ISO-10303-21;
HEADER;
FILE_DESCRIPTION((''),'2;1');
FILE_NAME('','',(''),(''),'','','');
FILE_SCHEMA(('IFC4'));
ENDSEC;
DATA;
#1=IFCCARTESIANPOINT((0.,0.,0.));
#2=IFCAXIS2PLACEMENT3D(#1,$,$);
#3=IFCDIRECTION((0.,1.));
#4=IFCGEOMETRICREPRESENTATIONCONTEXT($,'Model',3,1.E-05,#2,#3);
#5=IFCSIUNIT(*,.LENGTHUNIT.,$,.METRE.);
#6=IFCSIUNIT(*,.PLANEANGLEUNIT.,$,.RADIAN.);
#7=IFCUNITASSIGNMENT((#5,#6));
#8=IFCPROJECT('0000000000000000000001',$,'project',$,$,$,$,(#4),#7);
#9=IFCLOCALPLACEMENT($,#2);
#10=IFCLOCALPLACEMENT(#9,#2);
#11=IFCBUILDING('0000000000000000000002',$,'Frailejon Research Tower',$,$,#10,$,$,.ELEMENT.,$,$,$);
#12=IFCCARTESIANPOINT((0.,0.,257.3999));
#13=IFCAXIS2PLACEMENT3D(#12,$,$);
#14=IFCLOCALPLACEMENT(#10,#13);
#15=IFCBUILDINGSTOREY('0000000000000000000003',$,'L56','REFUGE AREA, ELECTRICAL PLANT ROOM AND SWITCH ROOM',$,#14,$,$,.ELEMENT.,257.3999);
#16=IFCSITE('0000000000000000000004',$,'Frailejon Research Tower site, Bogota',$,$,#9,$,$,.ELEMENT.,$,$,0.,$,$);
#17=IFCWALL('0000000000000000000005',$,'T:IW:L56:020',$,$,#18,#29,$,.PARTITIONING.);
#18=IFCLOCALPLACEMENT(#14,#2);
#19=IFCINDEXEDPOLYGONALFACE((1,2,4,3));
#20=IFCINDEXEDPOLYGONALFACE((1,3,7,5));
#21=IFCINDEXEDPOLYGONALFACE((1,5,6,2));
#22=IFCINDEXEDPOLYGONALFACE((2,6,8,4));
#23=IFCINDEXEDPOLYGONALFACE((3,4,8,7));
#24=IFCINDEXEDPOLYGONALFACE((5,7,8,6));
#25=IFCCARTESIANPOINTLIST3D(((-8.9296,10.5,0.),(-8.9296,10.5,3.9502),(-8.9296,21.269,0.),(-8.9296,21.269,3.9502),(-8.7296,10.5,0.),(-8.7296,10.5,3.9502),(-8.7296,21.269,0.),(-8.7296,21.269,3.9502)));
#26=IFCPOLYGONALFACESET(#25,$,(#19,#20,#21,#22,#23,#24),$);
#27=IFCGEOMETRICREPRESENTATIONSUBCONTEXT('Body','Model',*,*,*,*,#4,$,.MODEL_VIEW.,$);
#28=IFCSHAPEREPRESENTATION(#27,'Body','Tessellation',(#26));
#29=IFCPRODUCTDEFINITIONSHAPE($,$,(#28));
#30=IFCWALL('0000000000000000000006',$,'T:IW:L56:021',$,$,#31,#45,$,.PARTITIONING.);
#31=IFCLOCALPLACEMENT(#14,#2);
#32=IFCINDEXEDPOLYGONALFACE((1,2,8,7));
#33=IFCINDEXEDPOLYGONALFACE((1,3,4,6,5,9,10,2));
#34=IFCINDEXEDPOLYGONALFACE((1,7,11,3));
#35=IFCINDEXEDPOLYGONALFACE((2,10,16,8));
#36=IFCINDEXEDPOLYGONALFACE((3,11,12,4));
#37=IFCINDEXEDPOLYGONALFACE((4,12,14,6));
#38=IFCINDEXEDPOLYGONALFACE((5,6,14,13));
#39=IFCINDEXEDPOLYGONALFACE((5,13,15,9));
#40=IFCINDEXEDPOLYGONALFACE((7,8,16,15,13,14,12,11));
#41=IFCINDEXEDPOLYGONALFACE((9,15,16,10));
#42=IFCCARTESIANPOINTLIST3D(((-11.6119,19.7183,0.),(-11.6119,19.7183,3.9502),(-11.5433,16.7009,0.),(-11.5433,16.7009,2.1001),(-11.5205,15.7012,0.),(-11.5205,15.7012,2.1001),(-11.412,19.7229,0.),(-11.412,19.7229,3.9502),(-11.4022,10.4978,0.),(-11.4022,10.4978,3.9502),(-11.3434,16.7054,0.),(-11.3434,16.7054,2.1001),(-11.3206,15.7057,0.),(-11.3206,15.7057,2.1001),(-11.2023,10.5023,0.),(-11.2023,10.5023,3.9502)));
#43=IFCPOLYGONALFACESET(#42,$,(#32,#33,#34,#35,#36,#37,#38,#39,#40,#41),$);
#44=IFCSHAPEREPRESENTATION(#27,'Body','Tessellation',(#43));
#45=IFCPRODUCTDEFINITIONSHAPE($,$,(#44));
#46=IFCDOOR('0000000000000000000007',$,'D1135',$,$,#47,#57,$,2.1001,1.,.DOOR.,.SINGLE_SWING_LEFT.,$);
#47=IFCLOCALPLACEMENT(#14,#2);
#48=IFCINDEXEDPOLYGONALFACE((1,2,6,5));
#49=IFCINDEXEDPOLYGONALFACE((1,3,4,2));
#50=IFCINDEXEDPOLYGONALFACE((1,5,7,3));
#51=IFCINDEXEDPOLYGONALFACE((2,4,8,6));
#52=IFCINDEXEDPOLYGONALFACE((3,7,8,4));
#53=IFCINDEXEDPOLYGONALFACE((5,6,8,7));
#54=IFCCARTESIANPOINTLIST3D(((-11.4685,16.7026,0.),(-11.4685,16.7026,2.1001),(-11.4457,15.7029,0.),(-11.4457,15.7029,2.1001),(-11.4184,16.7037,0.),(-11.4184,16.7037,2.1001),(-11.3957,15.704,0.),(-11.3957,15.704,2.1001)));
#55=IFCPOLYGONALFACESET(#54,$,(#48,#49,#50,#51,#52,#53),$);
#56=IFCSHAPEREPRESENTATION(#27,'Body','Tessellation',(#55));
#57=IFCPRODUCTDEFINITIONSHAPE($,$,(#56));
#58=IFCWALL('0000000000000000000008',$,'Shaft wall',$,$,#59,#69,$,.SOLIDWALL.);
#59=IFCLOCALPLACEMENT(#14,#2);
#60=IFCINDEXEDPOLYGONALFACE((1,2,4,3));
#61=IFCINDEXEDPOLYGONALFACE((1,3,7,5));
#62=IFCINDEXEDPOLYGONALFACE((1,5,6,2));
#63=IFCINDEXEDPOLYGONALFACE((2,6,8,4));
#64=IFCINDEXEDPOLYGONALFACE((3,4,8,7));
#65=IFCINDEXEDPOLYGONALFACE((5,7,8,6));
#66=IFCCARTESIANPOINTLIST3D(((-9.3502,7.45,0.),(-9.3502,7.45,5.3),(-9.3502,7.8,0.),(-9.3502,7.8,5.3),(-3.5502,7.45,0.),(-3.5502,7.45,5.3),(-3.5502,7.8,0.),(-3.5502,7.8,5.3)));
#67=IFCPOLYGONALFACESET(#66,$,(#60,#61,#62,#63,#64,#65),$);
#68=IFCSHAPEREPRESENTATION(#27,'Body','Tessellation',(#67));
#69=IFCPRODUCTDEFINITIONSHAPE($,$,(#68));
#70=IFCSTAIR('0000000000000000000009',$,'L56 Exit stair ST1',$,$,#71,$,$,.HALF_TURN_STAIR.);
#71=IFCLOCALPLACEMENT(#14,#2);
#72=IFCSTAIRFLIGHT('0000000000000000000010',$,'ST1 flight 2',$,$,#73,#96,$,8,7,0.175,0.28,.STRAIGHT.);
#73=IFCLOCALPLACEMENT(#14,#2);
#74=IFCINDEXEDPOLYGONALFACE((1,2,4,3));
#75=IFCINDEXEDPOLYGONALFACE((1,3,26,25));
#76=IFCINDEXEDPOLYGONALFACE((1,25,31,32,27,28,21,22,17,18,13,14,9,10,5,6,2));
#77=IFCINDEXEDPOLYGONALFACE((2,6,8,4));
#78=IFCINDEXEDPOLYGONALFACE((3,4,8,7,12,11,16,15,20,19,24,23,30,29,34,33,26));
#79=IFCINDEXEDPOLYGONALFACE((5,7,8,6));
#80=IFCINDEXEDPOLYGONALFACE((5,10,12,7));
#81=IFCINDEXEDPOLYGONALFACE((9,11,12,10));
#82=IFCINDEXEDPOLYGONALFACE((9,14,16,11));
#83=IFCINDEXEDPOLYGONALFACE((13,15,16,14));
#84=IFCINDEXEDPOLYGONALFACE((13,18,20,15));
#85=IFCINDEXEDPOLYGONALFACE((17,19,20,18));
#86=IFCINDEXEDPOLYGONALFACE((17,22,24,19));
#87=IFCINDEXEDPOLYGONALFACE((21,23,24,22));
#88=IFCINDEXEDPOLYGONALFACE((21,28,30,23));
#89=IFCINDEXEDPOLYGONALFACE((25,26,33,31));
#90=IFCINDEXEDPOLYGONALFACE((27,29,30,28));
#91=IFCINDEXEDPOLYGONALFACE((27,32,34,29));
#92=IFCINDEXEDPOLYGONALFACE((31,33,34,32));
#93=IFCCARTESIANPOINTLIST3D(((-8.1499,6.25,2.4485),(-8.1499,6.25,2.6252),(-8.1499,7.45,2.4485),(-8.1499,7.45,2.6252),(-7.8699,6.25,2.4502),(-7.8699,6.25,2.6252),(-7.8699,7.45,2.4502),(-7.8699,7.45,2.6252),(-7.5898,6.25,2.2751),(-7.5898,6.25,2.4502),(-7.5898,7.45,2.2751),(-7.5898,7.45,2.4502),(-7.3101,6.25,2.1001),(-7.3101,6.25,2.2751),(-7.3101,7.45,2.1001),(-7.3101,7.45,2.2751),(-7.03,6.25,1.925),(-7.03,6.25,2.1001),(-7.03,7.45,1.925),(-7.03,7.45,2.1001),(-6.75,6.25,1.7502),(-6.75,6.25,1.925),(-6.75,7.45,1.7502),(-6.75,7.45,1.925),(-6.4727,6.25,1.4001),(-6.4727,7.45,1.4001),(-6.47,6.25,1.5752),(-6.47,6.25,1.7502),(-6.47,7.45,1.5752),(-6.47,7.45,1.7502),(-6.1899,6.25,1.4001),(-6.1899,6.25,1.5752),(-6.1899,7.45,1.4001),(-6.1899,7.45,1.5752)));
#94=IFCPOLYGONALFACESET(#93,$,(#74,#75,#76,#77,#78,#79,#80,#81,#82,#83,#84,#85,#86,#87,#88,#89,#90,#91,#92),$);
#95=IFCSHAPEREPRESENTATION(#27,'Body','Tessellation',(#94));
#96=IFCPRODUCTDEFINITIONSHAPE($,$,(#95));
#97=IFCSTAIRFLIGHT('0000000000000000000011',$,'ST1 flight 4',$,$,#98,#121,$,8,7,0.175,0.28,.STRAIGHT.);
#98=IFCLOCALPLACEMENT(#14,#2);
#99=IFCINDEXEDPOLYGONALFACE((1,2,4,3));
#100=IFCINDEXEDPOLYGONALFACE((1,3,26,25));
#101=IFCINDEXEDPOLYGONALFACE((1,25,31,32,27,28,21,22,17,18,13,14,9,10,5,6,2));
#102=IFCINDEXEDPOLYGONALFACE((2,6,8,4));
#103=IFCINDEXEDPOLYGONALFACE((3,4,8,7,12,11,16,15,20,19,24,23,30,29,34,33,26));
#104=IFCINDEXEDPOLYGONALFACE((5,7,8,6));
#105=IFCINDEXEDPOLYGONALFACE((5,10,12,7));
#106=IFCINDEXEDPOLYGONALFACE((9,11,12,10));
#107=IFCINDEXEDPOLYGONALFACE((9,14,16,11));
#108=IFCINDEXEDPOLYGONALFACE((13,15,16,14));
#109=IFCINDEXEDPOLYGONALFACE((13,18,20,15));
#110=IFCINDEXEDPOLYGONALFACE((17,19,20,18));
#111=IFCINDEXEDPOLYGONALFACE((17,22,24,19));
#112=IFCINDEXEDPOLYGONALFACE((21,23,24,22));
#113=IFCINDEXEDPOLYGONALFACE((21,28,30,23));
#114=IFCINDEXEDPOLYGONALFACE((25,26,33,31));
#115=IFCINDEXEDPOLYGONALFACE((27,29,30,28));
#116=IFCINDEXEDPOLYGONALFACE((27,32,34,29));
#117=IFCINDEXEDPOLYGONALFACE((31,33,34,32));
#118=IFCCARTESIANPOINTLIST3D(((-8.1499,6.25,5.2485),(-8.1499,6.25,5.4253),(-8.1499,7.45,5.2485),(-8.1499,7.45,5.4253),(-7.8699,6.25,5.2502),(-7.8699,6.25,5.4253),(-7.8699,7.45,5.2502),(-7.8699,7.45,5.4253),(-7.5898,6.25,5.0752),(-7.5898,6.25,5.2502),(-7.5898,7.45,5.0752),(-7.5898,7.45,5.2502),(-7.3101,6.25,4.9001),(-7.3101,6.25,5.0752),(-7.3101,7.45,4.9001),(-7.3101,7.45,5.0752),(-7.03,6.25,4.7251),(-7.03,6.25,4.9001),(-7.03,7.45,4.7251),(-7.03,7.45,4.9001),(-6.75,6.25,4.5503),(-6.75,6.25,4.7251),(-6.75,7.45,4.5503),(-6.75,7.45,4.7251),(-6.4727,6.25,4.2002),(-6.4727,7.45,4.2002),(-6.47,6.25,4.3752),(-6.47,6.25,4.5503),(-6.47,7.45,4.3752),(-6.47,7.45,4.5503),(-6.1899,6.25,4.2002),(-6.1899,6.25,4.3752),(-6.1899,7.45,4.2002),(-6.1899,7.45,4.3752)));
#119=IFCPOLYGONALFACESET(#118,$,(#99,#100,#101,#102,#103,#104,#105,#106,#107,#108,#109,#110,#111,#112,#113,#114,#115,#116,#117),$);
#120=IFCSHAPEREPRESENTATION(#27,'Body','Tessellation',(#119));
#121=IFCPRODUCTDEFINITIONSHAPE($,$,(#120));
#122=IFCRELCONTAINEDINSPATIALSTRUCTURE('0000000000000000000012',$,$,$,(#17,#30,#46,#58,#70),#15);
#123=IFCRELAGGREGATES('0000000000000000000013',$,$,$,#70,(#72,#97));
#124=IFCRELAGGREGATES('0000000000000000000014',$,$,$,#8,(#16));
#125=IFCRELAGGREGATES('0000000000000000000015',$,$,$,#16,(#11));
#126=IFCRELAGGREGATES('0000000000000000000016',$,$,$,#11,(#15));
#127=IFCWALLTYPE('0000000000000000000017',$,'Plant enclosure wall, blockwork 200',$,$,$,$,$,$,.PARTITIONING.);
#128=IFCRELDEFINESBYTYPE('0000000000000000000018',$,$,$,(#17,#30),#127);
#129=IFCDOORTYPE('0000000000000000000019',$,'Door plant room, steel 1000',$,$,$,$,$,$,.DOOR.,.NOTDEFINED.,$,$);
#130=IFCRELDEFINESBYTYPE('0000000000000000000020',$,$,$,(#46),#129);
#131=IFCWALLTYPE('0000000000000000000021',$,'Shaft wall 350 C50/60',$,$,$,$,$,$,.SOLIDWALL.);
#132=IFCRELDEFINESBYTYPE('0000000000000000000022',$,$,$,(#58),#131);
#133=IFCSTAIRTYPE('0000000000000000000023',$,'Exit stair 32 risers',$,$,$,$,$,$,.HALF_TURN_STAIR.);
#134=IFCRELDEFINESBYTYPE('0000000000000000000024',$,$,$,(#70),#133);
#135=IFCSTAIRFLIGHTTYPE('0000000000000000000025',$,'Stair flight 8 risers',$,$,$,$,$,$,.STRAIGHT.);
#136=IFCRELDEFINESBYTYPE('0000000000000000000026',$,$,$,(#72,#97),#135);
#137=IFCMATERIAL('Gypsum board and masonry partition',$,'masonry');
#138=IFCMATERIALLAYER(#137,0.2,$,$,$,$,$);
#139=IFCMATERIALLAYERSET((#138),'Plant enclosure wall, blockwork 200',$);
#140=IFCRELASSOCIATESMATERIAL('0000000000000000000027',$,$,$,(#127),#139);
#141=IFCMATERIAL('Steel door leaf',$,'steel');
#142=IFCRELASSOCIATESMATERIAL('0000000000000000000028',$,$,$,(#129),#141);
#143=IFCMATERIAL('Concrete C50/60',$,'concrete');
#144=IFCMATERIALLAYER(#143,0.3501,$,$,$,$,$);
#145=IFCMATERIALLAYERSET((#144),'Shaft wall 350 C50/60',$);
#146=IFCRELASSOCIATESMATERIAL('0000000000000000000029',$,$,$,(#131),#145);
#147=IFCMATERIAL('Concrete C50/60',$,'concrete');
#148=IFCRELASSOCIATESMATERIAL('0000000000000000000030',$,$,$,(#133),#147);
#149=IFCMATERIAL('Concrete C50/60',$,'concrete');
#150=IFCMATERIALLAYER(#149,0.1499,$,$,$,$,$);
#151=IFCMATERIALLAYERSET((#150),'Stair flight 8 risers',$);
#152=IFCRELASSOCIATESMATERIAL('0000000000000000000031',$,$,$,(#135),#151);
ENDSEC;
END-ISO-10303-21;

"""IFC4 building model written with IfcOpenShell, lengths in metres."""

from ifc_helpers import new_model, si_unit, direction, frame, frame_2d, origin, place, context, subcontext, project, spatial, polyline, rectangle, outline, extrude, material, layer, layer_set, type_object, element, fill, aggregate, save


model = new_model("IFC4")

# Units and contexts
model_context = context("Model", 3, precision=1e-05, world=origin(), true_north=direction((0.0, 1.0)))
body_context = subcontext(model_context, "Body", "Model", "MODEL_VIEW")
ifc_project = project(units=[si_unit("LENGTHUNIT", "METRE"), si_unit("PLANEANGLEUNIT", "RADIAN")], contexts=[model_context])

# Site, building, storey
site_placement = place(None, origin())
site = spatial("IfcSite", under=ifc_project, at=site_placement, Name="Frailejon Research Tower site, Bogota", CompositionType="ELEMENT", RefElevation=0.0)
building_placement = place(site_placement, origin())
building = spatial("IfcBuilding", under=site, at=building_placement, Name="Frailejon Research Tower", CompositionType="ELEMENT")
storey_placement = place(building_placement, frame((0.0, 0.0, 257.3999)))
storey = spatial("IfcBuildingStorey", under=building, at=storey_placement, Name="L56", Description="REFUGE AREA, ELECTRICAL PLANT ROOM AND SWITCH ROOM", CompositionType="ELEMENT", Elevation=257.3999)

# Shared definitions
ifc_material_1 = material(Name="Gypsum board and masonry partition", Category="masonry")
ifc_layer_1 = layer(ifc_material_1, 0.2)
ifc_layer_set_1 = layer_set([ifc_layer_1], Name="Plant enclosure wall, blockwork 200")
wall_type_1 = type_object("IfcWallType", Name="Plant enclosure wall, blockwork 200", PredefinedType="PARTITIONING", material=ifc_layer_set_1)
ifc_material_2 = material(Name="Steel door leaf", Category="steel")
door_type_1 = type_object("IfcDoorType", Name="Door plant room, steel 1000", OperationType="NOTDEFINED", PredefinedType="DOOR", material=ifc_material_2)

# Wall
wall_1_placement = place(storey_placement, frame((-8.8296, 10.5, 0.0), z_axis=(0.0, 0.0, 1.0), x_axis=(0.0, 1.0, 0.0)))
element("IfcWall", 1, at=wall_1_placement, inside=storey, type_object=wall_type_1, Name="T:IW:L56:020", PredefinedType="PARTITIONING", context=body_context, shape_type="SweptSolid", body=[
    extrude(rectangle(XDim=10.769, YDim=0.2, at=frame_2d((5.3845, 0.0))), origin(), (0.0, 0.0, 1.0), 3.9502),
])

# Wall, opening, door
wall_2_placement = place(storey_placement, frame((-11.512, 19.7205, 0.0), z_axis=(0.0, 0.0, 1.0), x_axis=(0.022739, -0.999741, 0.0)))
wall_2 = element("IfcWall", 2, at=wall_2_placement, inside=storey, type_object=wall_type_1, Name="T:IW:L56:021", PredefinedType="PARTITIONING", context=body_context, shape_type="SweptSolid", body=[
    extrude(rectangle(XDim=9.2229, YDim=0.2, at=frame_2d((4.6113, 0.0))), origin(), (0.0, 0.0, 1.0), 3.9502),
])
opening_1_placement = place(wall_2_placement, frame((3.0181, 0.0, 0.0)))
opening_1 = element("IfcOpeningElement", 3, at=opening_1_placement, cuts=wall_2, PredefinedType="OPENING", context=body_context, shape_type="SweptSolid", body=[
    extrude(rectangle(XDim=1.0, YDim=2.1001, at=frame_2d((0.5, 1.05))), frame((0.0, 0.1099, 0.0), z_axis=(0.0, -1.0, 0.0), x_axis=(1.0, 0.0, 0.0)), (0.0, 0.0, 1.0), 0.22),
])
door_1_placement = place(opening_1_placement, origin())
door_1 = element("IfcDoor", 4, at=door_1_placement, inside=storey, type_object=door_type_1, Name="D1135", OperationType="SINGLE_SWING_LEFT", OverallHeight=2.1001, OverallWidth=1.0, PredefinedType="DOOR", context=body_context, shape_type="SweptSolid", body=[
    extrude(rectangle(XDim=1.0, YDim=2.1001, at=frame_2d((0.5, 1.05))), frame((0.0, 0.0249, 0.0), z_axis=(0.0, -1.0, 0.0), x_axis=(1.0, 0.0, 0.0)), (0.0, 0.0, 1.0), 0.05),
])
fill(opening_1, door_1)

# Wall
ifc_material_3 = material(Name="Concrete C50/60", Category="concrete")
ifc_layer_2 = layer(ifc_material_3, 0.3501)
ifc_layer_set_2 = layer_set([ifc_layer_2], Name="Shaft wall 350 C50/60")
wall_type_2 = type_object("IfcWallType", Name="Shaft wall 350 C50/60", PredefinedType="SOLIDWALL", material=ifc_layer_set_2)
wall_3_placement = place(storey_placement, frame((-9.3501, 7.625, 0.0), z_axis=(0.0, 0.0, 1.0), x_axis=(1.0, 0.0, 0.0)))
element("IfcWall", 5, at=wall_3_placement, inside=storey, type_object=wall_type_2, Name="Shaft wall", PredefinedType="SOLIDWALL", context=body_context, shape_type="SweptSolid", body=[
    extrude(rectangle(XDim=5.8, YDim=0.3501, at=frame_2d((2.8999, 0.0))), origin(), (0.0, 0.0, 1.0), 5.3),
])

# Stair, stair flights
ifc_material_4 = material(Name="Concrete C50/60", Category="concrete")
stair_type = type_object("IfcStairType", Name="Exit stair 32 risers", PredefinedType="HALF_TURN_STAIR", material=ifc_material_4)
stair_placement = place(storey_placement, origin())
stair = element("IfcStair", 6, at=stair_placement, inside=storey, type_object=stair_type, Name="L56 Exit stair ST1", PredefinedType="HALF_TURN_STAIR")
ifc_material_5 = material(Name="Concrete C50/60", Category="concrete")
ifc_layer_3 = layer(ifc_material_5, 0.1499)
ifc_layer_set_3 = layer_set([ifc_layer_3], Name="Stair flight 8 risers")
stair_flight_type = type_object("IfcStairFlightType", Name="Stair flight 8 risers", PredefinedType="STRAIGHT", material=ifc_layer_set_3)
stair_flight_1_placement = place(storey_placement, frame((-6.1899, 6.8501, 1.4001), z_axis=(0.0, 0.0, 1.0), x_axis=(-1.0, 0.0, 0.0)))
stair_flight_1 = element("IfcStairFlight", 7, at=stair_flight_1_placement, type_object=stair_flight_type, Name="ST1 flight 2", NumberOfRisers=8, NumberOfTreads=7, PredefinedType="STRAIGHT", RiserHeight=0.175, TreadLength=0.28, context=body_context, shape_type="SweptSolid", body=[
    extrude(outline(polyline([(0.0, 0.0), (0.0, 0.175), (0.28, 0.175), (0.28, 0.3501), (0.5601, 0.3501), (0.5601, 0.5249), (0.8401, 0.5249), (0.8401, 0.7), (1.1201, 0.7), (1.1201, 0.875), (1.3999, 0.875), (1.3999, 1.05), (1.6799, 1.05), (1.6799, 1.2251), (1.96, 1.2251), (1.96, 1.3999), (1.96, 1.0483), (0.2827, 0.0), (0.0, 0.0)])), frame((0.0, 0.6001, 0.0), z_axis=(0.0, -1.0, 0.0), x_axis=(1.0, 0.0, 0.0)), (0.0, 0.0, 1.0), 1.2),
])
stair_flight_2_placement = place(storey_placement, frame((-6.1899, 6.8501, 4.2002), z_axis=(0.0, 0.0, 1.0), x_axis=(-1.0, 0.0, 0.0)))
stair_flight_2 = element("IfcStairFlight", 8, at=stair_flight_2_placement, type_object=stair_flight_type, Name="ST1 flight 4", NumberOfRisers=8, NumberOfTreads=7, PredefinedType="STRAIGHT", RiserHeight=0.175, TreadLength=0.28, context=body_context, shape_type="SweptSolid", body=[
    extrude(outline(polyline([(0.0, 0.0), (0.0, 0.175), (0.28, 0.175), (0.28, 0.3501), (0.5601, 0.3501), (0.5601, 0.5249), (0.8401, 0.5249), (0.8401, 0.7), (1.1201, 0.7), (1.1201, 0.875), (1.3999, 0.875), (1.3999, 1.05), (1.6799, 1.05), (1.6799, 1.2251), (1.96, 1.2251), (1.96, 1.3999), (1.96, 1.0483), (0.2827, 0.0), (0.0, 0.0)])), frame((0.0, 0.6001, 0.0), z_axis=(0.0, -1.0, 0.0), x_axis=(1.0, 0.0, 0.0)), (0.0, 0.0, 1.0), 1.2),
])
aggregate(stair, [stair_flight_1, stair_flight_2])

save(model, "model.ifc")
